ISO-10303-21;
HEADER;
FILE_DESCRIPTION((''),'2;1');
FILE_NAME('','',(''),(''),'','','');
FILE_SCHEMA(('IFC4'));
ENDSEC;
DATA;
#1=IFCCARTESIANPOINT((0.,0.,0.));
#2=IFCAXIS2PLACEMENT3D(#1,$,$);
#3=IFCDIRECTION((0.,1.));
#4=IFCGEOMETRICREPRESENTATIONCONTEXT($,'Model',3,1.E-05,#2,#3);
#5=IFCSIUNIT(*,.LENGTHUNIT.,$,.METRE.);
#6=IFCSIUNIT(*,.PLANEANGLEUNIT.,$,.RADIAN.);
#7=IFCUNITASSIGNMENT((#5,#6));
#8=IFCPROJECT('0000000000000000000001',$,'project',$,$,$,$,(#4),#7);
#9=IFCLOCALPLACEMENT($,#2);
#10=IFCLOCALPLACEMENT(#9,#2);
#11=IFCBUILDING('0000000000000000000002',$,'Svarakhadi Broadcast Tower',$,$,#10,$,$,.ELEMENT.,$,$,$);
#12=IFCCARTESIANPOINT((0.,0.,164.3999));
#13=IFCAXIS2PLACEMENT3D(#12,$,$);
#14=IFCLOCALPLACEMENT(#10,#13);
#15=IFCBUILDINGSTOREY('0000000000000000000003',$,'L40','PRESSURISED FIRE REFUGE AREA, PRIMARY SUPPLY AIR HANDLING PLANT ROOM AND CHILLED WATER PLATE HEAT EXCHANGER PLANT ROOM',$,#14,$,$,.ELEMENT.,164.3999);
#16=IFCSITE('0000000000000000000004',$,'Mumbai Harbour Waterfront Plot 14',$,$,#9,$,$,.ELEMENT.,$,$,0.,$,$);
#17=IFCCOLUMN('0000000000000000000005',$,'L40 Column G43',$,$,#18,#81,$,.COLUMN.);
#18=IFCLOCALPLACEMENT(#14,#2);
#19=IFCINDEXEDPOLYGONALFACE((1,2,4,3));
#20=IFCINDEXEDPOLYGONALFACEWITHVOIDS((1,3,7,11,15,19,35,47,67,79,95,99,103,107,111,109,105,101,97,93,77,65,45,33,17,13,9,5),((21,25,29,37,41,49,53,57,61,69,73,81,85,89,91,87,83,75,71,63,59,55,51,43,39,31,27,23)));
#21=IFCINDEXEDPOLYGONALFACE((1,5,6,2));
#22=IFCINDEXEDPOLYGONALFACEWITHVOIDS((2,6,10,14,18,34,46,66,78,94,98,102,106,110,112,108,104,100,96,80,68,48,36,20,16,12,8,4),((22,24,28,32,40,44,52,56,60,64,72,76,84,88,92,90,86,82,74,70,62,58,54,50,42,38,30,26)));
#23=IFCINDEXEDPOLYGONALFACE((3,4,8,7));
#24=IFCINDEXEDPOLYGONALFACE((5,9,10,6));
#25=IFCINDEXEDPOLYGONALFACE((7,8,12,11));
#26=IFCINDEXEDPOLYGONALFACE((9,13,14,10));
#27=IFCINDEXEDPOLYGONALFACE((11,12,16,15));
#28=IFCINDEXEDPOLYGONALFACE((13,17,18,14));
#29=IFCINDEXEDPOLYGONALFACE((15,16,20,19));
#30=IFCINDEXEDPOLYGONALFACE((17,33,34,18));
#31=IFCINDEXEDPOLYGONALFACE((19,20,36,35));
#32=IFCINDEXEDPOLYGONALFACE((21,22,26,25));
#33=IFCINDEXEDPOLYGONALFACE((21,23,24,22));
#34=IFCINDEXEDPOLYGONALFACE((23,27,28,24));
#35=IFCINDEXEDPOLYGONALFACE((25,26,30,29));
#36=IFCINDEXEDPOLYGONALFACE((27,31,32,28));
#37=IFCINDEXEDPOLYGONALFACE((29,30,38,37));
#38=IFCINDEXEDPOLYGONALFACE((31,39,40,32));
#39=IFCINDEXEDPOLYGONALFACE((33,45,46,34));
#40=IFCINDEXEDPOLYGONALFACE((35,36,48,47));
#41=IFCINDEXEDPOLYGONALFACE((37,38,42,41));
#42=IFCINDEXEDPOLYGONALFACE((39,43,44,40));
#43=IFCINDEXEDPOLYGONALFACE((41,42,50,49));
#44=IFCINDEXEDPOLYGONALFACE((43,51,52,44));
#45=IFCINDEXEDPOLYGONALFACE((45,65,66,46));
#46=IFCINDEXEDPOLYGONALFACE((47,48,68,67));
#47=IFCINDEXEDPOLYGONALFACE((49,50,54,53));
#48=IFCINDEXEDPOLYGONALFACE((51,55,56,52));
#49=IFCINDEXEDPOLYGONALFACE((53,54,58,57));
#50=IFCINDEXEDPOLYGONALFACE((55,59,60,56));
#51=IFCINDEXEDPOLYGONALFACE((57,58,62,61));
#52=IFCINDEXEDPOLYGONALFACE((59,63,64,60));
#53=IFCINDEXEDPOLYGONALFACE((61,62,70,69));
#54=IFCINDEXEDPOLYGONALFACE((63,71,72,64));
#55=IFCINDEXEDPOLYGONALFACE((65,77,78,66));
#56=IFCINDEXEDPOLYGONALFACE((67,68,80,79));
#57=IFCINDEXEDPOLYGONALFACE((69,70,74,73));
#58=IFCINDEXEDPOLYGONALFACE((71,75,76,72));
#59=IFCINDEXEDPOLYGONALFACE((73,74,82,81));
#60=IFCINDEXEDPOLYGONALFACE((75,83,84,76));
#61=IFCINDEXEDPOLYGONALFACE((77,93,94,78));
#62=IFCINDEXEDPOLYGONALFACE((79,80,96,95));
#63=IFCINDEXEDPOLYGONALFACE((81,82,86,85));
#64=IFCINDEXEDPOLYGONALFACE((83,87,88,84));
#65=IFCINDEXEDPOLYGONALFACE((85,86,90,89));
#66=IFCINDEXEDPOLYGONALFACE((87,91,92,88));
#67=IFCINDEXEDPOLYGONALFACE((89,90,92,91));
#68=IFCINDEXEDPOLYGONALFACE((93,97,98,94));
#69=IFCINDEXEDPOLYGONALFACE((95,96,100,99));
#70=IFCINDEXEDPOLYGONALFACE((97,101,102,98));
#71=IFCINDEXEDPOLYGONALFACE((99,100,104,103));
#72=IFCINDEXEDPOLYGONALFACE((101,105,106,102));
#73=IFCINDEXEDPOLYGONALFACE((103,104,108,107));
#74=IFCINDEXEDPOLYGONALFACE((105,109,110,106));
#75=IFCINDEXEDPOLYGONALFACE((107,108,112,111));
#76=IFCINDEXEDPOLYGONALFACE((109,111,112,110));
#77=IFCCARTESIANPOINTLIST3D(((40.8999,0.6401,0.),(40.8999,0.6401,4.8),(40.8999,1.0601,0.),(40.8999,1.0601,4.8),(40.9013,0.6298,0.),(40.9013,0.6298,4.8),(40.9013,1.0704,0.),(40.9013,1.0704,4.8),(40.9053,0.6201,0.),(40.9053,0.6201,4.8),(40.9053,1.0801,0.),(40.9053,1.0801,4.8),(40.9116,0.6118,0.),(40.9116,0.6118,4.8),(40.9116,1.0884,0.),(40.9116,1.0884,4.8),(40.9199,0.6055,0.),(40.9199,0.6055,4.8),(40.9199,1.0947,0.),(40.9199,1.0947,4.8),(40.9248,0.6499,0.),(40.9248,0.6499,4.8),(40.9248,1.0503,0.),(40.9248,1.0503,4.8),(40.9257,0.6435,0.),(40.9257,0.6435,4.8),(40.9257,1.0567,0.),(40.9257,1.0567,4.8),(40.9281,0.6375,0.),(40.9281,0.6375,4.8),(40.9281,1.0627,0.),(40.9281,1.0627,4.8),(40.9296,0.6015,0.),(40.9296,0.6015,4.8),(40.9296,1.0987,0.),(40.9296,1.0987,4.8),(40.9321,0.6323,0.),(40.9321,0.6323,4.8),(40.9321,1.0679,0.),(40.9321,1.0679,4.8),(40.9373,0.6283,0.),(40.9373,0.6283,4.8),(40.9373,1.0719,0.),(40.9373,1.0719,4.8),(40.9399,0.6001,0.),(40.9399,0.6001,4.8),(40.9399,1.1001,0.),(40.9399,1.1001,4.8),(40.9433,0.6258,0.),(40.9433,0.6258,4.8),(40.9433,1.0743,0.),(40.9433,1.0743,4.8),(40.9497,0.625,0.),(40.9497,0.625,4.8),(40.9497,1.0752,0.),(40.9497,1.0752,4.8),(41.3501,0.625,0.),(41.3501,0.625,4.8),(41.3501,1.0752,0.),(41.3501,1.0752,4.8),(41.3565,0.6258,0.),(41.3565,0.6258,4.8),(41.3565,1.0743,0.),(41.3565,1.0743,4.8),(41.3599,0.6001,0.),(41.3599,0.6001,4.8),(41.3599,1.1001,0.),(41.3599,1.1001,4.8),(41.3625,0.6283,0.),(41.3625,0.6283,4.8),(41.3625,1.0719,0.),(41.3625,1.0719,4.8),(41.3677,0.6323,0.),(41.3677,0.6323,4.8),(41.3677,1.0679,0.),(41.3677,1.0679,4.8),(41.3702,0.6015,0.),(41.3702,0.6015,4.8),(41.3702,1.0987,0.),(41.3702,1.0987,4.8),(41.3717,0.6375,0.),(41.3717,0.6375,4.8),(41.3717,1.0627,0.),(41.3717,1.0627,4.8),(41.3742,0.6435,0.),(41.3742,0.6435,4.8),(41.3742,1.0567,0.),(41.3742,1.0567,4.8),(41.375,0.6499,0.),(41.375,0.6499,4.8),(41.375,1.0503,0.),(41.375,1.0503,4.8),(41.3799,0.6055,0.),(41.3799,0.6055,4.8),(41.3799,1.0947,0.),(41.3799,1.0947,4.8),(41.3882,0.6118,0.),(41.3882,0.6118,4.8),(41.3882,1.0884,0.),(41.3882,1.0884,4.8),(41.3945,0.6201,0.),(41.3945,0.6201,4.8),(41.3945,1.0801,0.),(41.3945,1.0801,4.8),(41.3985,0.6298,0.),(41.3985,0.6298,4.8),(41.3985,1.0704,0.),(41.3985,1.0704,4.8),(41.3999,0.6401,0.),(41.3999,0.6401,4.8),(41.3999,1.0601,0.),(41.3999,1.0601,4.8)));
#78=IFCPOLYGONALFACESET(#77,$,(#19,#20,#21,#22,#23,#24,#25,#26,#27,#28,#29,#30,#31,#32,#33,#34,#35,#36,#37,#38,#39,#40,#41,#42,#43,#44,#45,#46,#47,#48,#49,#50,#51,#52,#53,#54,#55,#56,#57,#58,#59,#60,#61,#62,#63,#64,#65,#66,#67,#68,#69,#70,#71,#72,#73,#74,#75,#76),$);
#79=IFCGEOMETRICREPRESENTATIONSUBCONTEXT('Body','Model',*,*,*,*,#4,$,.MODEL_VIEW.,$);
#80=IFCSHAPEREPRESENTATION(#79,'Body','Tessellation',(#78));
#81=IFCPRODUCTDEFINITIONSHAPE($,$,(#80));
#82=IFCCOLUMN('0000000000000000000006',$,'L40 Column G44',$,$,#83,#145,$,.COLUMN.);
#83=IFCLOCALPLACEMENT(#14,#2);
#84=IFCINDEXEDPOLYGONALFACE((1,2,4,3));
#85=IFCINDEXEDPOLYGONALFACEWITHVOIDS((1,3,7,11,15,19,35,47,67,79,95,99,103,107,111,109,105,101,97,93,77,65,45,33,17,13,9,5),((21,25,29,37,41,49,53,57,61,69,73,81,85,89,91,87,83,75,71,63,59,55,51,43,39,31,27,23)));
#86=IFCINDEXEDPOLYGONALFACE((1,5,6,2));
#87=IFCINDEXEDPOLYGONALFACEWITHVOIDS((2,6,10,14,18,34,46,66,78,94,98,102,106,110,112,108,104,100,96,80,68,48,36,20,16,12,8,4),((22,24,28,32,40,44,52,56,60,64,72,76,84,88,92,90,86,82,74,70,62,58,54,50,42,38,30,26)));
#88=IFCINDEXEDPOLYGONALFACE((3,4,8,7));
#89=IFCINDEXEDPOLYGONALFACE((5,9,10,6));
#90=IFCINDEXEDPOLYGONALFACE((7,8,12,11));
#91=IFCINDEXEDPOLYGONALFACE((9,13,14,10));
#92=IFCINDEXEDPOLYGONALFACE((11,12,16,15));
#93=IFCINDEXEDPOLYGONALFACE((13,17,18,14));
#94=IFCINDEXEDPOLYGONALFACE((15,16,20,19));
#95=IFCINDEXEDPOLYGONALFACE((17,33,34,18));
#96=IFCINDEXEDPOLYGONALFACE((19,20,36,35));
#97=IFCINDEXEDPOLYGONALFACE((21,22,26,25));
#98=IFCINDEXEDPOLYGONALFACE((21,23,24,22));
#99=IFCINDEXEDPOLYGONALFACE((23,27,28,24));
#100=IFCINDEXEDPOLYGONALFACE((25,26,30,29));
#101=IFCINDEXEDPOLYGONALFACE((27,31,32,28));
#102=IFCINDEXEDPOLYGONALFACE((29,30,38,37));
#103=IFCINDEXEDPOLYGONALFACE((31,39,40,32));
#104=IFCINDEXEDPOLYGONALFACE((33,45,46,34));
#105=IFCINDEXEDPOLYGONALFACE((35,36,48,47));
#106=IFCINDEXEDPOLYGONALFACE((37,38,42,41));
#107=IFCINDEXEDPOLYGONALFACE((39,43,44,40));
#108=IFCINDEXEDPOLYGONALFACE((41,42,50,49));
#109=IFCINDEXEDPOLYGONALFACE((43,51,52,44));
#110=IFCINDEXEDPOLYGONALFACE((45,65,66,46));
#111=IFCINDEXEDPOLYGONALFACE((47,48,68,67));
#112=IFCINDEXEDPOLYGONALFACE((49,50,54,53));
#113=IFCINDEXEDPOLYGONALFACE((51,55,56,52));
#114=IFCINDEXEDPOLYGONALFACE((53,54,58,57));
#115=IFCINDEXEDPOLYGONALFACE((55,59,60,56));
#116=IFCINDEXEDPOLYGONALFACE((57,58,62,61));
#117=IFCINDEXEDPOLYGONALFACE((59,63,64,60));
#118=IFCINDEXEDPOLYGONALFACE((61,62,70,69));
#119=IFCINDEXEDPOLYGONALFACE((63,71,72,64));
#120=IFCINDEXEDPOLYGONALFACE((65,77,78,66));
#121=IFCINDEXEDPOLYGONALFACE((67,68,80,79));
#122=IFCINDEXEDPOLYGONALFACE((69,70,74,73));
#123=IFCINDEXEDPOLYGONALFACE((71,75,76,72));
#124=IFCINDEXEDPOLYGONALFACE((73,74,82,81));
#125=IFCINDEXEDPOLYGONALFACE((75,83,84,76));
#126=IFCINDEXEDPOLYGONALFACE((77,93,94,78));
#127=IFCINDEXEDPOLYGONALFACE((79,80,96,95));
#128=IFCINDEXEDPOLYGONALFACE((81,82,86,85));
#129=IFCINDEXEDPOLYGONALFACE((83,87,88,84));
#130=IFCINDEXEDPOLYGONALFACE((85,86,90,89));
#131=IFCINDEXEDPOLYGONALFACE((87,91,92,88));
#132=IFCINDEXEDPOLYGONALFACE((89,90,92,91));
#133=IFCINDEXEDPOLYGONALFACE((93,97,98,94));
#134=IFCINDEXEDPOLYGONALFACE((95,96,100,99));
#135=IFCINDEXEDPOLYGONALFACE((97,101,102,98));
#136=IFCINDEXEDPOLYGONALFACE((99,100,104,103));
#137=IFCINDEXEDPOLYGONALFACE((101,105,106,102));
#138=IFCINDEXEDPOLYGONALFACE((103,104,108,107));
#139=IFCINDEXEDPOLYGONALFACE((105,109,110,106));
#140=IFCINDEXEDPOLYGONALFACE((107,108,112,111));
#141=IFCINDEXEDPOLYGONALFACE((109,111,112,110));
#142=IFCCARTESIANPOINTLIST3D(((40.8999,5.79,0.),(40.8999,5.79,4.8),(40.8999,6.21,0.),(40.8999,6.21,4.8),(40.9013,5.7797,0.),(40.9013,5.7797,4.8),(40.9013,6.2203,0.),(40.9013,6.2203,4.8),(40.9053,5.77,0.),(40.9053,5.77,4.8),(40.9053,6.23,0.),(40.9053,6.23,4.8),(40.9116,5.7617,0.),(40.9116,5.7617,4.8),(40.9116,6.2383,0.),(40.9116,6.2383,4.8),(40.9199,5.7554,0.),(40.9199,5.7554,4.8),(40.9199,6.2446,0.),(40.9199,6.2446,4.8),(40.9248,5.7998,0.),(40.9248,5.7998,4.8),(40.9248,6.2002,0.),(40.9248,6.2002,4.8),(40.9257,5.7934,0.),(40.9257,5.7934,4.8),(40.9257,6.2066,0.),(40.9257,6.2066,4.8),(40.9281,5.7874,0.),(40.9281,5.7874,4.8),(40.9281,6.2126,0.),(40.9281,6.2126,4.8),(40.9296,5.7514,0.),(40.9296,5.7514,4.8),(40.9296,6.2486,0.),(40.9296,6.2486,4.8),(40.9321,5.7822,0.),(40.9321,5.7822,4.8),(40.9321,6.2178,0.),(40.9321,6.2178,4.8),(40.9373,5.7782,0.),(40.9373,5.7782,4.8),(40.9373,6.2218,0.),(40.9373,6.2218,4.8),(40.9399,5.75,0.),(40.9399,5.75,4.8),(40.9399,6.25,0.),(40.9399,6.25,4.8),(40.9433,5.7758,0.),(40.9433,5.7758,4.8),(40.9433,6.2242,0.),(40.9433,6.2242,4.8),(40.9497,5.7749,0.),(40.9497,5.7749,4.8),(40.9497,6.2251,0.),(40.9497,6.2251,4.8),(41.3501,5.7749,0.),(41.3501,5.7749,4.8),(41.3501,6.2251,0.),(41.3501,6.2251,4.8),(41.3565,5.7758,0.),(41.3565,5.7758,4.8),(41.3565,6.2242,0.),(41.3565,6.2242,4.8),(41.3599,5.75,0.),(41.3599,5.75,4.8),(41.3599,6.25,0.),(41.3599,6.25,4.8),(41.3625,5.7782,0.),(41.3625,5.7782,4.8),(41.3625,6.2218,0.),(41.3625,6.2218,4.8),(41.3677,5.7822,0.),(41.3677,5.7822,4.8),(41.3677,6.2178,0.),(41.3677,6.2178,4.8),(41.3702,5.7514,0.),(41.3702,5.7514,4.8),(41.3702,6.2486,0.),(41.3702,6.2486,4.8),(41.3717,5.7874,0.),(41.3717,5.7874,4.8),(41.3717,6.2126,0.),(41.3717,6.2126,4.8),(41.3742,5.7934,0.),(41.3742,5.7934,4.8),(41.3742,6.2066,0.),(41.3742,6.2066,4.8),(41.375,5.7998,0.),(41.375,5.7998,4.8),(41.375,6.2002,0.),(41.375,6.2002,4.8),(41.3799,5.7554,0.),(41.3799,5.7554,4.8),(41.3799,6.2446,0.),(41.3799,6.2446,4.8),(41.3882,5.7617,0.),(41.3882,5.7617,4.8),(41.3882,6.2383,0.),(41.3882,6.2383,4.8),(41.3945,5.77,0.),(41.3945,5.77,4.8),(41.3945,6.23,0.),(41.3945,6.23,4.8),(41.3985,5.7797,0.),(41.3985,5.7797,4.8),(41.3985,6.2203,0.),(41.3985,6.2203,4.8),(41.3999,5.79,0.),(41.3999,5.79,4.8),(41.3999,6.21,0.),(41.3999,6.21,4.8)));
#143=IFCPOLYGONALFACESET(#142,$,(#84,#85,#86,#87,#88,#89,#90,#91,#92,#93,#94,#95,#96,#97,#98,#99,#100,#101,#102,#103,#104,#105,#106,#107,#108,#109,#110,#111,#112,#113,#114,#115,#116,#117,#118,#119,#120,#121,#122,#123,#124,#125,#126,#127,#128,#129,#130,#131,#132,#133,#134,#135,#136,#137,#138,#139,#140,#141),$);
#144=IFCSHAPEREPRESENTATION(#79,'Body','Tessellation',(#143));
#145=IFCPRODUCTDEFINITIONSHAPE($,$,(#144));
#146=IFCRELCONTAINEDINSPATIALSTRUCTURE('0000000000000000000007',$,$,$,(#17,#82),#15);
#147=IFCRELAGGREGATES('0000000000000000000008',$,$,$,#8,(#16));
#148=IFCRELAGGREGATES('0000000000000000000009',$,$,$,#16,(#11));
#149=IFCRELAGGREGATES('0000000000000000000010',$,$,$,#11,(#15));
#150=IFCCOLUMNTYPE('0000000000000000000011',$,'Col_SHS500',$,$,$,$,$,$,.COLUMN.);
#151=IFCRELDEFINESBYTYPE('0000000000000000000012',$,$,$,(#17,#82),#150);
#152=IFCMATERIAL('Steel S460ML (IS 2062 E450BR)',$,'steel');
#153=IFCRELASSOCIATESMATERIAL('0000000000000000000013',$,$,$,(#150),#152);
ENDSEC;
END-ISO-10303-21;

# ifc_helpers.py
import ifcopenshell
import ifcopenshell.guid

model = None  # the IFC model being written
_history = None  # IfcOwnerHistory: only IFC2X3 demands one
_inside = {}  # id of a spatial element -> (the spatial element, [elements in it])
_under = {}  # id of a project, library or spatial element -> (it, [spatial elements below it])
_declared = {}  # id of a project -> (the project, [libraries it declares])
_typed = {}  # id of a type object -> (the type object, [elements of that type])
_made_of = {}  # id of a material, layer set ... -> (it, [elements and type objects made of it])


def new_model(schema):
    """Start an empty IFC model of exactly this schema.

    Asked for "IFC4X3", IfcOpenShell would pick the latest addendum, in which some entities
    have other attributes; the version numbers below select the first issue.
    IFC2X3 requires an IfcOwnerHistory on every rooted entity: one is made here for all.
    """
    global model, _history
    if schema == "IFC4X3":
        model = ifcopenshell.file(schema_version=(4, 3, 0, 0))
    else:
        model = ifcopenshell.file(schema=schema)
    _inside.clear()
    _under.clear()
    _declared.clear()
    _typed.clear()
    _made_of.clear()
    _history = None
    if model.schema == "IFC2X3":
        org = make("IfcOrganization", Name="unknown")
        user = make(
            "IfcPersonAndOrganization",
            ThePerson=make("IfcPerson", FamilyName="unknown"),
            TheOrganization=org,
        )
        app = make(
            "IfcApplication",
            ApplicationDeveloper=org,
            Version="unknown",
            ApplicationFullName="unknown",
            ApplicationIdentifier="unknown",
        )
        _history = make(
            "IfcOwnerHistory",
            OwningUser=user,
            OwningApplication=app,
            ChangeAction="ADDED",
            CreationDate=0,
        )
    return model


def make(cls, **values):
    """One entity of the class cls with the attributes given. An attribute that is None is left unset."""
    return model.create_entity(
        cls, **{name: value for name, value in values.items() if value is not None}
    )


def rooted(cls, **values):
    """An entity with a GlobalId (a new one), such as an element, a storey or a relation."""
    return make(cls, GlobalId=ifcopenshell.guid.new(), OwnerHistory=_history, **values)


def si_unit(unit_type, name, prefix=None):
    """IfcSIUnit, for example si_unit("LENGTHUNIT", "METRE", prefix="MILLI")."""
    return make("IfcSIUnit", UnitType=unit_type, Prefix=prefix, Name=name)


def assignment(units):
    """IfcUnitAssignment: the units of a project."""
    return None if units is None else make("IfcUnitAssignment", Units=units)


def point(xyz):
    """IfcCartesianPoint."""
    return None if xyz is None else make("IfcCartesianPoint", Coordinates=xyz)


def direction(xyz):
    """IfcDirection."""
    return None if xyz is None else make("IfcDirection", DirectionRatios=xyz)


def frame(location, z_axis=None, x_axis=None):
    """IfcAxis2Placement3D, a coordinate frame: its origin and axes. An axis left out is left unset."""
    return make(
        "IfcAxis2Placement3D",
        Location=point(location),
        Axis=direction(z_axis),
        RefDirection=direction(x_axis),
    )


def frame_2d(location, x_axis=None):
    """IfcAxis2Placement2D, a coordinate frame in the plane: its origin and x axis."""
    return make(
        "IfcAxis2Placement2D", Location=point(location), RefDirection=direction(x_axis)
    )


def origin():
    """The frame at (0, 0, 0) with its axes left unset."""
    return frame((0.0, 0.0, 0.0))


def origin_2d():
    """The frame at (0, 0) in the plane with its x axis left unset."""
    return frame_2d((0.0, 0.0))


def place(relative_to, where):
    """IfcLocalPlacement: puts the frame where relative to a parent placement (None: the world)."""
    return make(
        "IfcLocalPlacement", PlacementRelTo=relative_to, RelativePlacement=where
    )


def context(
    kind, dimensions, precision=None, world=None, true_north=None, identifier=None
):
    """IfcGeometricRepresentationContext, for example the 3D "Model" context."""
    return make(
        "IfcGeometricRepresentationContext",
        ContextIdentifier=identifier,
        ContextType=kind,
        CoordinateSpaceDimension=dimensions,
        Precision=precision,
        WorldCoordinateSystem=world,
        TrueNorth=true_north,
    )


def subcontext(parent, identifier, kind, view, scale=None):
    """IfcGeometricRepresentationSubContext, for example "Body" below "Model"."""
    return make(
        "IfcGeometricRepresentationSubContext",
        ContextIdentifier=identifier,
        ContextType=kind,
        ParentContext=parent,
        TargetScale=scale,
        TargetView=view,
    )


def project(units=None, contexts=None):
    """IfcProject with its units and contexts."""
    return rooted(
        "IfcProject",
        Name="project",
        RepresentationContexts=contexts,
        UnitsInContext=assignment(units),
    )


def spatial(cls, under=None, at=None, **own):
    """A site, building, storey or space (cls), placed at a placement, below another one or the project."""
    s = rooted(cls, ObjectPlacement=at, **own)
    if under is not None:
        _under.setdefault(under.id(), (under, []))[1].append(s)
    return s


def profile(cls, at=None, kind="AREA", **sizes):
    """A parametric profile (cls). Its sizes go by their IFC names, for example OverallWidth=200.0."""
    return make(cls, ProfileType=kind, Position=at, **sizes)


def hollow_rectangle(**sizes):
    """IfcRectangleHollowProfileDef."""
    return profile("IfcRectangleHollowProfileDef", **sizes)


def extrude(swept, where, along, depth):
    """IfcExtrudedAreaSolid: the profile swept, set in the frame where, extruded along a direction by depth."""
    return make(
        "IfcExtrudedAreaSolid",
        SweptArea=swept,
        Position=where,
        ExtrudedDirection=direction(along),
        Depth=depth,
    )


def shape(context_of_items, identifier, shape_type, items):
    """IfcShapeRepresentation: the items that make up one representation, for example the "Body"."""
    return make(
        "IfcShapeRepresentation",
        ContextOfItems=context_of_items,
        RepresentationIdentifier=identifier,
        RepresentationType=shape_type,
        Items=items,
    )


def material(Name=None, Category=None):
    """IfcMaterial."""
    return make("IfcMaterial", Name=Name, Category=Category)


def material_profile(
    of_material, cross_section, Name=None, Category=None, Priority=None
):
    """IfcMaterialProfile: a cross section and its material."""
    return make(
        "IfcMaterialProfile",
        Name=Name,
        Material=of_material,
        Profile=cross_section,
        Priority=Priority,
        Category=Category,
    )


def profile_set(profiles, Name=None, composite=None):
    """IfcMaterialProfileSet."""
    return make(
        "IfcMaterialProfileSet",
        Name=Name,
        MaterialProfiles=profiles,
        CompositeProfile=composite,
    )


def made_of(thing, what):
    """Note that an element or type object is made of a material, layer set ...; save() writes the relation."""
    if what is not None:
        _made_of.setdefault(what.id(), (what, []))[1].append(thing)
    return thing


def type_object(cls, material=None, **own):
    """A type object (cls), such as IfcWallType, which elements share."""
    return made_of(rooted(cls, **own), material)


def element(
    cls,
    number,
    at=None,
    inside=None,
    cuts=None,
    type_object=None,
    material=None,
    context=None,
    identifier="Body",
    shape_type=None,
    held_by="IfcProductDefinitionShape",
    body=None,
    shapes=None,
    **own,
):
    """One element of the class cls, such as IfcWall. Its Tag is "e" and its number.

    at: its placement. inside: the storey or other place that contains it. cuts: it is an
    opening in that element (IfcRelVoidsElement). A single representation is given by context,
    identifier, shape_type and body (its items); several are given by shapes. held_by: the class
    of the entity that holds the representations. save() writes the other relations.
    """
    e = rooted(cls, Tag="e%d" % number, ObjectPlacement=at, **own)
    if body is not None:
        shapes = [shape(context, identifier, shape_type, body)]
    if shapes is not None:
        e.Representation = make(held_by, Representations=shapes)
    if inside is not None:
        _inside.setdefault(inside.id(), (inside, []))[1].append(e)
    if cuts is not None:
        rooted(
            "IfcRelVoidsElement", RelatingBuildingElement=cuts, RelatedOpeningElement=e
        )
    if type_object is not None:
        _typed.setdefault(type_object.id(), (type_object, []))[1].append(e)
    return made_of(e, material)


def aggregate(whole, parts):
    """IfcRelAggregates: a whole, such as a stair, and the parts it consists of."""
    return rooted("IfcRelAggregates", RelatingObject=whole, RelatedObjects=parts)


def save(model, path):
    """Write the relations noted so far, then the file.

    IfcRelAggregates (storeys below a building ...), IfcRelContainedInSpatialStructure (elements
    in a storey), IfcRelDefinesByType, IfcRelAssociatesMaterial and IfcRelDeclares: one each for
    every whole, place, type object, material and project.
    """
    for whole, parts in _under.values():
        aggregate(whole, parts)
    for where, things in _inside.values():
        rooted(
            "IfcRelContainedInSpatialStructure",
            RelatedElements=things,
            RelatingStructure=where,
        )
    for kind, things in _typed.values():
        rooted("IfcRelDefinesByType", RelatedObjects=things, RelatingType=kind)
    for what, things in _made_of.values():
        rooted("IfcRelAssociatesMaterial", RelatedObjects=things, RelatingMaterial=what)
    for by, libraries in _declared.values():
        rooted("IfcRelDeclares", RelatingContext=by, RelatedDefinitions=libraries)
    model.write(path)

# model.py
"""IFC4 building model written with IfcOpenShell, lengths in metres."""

from ifc_helpers import new_model, si_unit, direction, frame, origin, origin_2d, place, context, subcontext, project, spatial, hollow_rectangle, extrude, material, material_profile, profile_set, type_object, element, save


model = new_model("IFC4")

# Units and contexts
model_context = context("Model", 3, precision=1e-05, world=origin(), true_north=direction((0.0, 1.0)))
body_context = subcontext(model_context, "Body", "Model", "MODEL_VIEW")
ifc_project = project(units=[si_unit("LENGTHUNIT", "METRE"), si_unit("PLANEANGLEUNIT", "RADIAN")], contexts=[model_context])

# Site, building, storey
site_placement = place(None, origin())
site = spatial("IfcSite", under=ifc_project, at=site_placement, Name="Mumbai Harbour Waterfront Plot 14", CompositionType="ELEMENT", RefElevation=0.0)
building_placement = place(site_placement, origin())
building = spatial("IfcBuilding", under=site, at=building_placement, Name="Svarakhadi Broadcast Tower", CompositionType="ELEMENT")
storey_placement = place(building_placement, frame((0.0, 0.0, 164.3999)))
storey = spatial("IfcBuildingStorey", under=building, at=storey_placement, Name="L40", Description="PRESSURISED FIRE REFUGE AREA, PRIMARY SUPPLY AIR HANDLING PLANT ROOM AND CHILLED WATER PLATE HEAT EXCHANGER PLANT ROOM", CompositionType="ELEMENT", Elevation=164.3999)

# Columns
ifc_material_1 = material(Name="Steel S460ML (IS 2062 E450BR)", Category="steel")
ifc_material_profile_1 = material_profile(ifc_material_1, hollow_rectangle(XDim=0.5, YDim=0.5, WallThickness=0.0249, InnerFilletRadius=0.0249, OuterFilletRadius=0.04, at=origin_2d()), Name="SHS 500x500x25")
ifc_profile_set_1 = profile_set([ifc_material_profile_1], Name="Steel S460ML (IS 2062 E450BR)")
column_type = type_object("IfcColumnType", Name="Col_SHS500", PredefinedType="COLUMN", material=ifc_profile_set_1)
for number, where, z_axis, x_axis, name in (
    (1, (41.1499, 0.8501, 0.0), (0.0, 0.0, 1.0), (1.0, 0.0, 0.0), "L40 Column G43"),
    (2, (41.1499, 6.0, 0.0), (0.0, 0.0, 1.0), (1.0, 0.0, 0.0), "L40 Column G44"),
):
    element("IfcColumn", number, at=place(storey_placement, frame(where, z_axis=z_axis, x_axis=x_axis)), inside=storey, type_object=column_type, Name=name, PredefinedType="COLUMN", context=body_context, shape_type="SweptSolid", body=[
        extrude(hollow_rectangle(XDim=0.5, YDim=0.5, WallThickness=0.0249, InnerFilletRadius=0.0249, OuterFilletRadius=0.04, at=origin_2d()), origin(), (0.0, 0.0, 1.0), 4.8),
    ])

save(model, "model.ifc")
